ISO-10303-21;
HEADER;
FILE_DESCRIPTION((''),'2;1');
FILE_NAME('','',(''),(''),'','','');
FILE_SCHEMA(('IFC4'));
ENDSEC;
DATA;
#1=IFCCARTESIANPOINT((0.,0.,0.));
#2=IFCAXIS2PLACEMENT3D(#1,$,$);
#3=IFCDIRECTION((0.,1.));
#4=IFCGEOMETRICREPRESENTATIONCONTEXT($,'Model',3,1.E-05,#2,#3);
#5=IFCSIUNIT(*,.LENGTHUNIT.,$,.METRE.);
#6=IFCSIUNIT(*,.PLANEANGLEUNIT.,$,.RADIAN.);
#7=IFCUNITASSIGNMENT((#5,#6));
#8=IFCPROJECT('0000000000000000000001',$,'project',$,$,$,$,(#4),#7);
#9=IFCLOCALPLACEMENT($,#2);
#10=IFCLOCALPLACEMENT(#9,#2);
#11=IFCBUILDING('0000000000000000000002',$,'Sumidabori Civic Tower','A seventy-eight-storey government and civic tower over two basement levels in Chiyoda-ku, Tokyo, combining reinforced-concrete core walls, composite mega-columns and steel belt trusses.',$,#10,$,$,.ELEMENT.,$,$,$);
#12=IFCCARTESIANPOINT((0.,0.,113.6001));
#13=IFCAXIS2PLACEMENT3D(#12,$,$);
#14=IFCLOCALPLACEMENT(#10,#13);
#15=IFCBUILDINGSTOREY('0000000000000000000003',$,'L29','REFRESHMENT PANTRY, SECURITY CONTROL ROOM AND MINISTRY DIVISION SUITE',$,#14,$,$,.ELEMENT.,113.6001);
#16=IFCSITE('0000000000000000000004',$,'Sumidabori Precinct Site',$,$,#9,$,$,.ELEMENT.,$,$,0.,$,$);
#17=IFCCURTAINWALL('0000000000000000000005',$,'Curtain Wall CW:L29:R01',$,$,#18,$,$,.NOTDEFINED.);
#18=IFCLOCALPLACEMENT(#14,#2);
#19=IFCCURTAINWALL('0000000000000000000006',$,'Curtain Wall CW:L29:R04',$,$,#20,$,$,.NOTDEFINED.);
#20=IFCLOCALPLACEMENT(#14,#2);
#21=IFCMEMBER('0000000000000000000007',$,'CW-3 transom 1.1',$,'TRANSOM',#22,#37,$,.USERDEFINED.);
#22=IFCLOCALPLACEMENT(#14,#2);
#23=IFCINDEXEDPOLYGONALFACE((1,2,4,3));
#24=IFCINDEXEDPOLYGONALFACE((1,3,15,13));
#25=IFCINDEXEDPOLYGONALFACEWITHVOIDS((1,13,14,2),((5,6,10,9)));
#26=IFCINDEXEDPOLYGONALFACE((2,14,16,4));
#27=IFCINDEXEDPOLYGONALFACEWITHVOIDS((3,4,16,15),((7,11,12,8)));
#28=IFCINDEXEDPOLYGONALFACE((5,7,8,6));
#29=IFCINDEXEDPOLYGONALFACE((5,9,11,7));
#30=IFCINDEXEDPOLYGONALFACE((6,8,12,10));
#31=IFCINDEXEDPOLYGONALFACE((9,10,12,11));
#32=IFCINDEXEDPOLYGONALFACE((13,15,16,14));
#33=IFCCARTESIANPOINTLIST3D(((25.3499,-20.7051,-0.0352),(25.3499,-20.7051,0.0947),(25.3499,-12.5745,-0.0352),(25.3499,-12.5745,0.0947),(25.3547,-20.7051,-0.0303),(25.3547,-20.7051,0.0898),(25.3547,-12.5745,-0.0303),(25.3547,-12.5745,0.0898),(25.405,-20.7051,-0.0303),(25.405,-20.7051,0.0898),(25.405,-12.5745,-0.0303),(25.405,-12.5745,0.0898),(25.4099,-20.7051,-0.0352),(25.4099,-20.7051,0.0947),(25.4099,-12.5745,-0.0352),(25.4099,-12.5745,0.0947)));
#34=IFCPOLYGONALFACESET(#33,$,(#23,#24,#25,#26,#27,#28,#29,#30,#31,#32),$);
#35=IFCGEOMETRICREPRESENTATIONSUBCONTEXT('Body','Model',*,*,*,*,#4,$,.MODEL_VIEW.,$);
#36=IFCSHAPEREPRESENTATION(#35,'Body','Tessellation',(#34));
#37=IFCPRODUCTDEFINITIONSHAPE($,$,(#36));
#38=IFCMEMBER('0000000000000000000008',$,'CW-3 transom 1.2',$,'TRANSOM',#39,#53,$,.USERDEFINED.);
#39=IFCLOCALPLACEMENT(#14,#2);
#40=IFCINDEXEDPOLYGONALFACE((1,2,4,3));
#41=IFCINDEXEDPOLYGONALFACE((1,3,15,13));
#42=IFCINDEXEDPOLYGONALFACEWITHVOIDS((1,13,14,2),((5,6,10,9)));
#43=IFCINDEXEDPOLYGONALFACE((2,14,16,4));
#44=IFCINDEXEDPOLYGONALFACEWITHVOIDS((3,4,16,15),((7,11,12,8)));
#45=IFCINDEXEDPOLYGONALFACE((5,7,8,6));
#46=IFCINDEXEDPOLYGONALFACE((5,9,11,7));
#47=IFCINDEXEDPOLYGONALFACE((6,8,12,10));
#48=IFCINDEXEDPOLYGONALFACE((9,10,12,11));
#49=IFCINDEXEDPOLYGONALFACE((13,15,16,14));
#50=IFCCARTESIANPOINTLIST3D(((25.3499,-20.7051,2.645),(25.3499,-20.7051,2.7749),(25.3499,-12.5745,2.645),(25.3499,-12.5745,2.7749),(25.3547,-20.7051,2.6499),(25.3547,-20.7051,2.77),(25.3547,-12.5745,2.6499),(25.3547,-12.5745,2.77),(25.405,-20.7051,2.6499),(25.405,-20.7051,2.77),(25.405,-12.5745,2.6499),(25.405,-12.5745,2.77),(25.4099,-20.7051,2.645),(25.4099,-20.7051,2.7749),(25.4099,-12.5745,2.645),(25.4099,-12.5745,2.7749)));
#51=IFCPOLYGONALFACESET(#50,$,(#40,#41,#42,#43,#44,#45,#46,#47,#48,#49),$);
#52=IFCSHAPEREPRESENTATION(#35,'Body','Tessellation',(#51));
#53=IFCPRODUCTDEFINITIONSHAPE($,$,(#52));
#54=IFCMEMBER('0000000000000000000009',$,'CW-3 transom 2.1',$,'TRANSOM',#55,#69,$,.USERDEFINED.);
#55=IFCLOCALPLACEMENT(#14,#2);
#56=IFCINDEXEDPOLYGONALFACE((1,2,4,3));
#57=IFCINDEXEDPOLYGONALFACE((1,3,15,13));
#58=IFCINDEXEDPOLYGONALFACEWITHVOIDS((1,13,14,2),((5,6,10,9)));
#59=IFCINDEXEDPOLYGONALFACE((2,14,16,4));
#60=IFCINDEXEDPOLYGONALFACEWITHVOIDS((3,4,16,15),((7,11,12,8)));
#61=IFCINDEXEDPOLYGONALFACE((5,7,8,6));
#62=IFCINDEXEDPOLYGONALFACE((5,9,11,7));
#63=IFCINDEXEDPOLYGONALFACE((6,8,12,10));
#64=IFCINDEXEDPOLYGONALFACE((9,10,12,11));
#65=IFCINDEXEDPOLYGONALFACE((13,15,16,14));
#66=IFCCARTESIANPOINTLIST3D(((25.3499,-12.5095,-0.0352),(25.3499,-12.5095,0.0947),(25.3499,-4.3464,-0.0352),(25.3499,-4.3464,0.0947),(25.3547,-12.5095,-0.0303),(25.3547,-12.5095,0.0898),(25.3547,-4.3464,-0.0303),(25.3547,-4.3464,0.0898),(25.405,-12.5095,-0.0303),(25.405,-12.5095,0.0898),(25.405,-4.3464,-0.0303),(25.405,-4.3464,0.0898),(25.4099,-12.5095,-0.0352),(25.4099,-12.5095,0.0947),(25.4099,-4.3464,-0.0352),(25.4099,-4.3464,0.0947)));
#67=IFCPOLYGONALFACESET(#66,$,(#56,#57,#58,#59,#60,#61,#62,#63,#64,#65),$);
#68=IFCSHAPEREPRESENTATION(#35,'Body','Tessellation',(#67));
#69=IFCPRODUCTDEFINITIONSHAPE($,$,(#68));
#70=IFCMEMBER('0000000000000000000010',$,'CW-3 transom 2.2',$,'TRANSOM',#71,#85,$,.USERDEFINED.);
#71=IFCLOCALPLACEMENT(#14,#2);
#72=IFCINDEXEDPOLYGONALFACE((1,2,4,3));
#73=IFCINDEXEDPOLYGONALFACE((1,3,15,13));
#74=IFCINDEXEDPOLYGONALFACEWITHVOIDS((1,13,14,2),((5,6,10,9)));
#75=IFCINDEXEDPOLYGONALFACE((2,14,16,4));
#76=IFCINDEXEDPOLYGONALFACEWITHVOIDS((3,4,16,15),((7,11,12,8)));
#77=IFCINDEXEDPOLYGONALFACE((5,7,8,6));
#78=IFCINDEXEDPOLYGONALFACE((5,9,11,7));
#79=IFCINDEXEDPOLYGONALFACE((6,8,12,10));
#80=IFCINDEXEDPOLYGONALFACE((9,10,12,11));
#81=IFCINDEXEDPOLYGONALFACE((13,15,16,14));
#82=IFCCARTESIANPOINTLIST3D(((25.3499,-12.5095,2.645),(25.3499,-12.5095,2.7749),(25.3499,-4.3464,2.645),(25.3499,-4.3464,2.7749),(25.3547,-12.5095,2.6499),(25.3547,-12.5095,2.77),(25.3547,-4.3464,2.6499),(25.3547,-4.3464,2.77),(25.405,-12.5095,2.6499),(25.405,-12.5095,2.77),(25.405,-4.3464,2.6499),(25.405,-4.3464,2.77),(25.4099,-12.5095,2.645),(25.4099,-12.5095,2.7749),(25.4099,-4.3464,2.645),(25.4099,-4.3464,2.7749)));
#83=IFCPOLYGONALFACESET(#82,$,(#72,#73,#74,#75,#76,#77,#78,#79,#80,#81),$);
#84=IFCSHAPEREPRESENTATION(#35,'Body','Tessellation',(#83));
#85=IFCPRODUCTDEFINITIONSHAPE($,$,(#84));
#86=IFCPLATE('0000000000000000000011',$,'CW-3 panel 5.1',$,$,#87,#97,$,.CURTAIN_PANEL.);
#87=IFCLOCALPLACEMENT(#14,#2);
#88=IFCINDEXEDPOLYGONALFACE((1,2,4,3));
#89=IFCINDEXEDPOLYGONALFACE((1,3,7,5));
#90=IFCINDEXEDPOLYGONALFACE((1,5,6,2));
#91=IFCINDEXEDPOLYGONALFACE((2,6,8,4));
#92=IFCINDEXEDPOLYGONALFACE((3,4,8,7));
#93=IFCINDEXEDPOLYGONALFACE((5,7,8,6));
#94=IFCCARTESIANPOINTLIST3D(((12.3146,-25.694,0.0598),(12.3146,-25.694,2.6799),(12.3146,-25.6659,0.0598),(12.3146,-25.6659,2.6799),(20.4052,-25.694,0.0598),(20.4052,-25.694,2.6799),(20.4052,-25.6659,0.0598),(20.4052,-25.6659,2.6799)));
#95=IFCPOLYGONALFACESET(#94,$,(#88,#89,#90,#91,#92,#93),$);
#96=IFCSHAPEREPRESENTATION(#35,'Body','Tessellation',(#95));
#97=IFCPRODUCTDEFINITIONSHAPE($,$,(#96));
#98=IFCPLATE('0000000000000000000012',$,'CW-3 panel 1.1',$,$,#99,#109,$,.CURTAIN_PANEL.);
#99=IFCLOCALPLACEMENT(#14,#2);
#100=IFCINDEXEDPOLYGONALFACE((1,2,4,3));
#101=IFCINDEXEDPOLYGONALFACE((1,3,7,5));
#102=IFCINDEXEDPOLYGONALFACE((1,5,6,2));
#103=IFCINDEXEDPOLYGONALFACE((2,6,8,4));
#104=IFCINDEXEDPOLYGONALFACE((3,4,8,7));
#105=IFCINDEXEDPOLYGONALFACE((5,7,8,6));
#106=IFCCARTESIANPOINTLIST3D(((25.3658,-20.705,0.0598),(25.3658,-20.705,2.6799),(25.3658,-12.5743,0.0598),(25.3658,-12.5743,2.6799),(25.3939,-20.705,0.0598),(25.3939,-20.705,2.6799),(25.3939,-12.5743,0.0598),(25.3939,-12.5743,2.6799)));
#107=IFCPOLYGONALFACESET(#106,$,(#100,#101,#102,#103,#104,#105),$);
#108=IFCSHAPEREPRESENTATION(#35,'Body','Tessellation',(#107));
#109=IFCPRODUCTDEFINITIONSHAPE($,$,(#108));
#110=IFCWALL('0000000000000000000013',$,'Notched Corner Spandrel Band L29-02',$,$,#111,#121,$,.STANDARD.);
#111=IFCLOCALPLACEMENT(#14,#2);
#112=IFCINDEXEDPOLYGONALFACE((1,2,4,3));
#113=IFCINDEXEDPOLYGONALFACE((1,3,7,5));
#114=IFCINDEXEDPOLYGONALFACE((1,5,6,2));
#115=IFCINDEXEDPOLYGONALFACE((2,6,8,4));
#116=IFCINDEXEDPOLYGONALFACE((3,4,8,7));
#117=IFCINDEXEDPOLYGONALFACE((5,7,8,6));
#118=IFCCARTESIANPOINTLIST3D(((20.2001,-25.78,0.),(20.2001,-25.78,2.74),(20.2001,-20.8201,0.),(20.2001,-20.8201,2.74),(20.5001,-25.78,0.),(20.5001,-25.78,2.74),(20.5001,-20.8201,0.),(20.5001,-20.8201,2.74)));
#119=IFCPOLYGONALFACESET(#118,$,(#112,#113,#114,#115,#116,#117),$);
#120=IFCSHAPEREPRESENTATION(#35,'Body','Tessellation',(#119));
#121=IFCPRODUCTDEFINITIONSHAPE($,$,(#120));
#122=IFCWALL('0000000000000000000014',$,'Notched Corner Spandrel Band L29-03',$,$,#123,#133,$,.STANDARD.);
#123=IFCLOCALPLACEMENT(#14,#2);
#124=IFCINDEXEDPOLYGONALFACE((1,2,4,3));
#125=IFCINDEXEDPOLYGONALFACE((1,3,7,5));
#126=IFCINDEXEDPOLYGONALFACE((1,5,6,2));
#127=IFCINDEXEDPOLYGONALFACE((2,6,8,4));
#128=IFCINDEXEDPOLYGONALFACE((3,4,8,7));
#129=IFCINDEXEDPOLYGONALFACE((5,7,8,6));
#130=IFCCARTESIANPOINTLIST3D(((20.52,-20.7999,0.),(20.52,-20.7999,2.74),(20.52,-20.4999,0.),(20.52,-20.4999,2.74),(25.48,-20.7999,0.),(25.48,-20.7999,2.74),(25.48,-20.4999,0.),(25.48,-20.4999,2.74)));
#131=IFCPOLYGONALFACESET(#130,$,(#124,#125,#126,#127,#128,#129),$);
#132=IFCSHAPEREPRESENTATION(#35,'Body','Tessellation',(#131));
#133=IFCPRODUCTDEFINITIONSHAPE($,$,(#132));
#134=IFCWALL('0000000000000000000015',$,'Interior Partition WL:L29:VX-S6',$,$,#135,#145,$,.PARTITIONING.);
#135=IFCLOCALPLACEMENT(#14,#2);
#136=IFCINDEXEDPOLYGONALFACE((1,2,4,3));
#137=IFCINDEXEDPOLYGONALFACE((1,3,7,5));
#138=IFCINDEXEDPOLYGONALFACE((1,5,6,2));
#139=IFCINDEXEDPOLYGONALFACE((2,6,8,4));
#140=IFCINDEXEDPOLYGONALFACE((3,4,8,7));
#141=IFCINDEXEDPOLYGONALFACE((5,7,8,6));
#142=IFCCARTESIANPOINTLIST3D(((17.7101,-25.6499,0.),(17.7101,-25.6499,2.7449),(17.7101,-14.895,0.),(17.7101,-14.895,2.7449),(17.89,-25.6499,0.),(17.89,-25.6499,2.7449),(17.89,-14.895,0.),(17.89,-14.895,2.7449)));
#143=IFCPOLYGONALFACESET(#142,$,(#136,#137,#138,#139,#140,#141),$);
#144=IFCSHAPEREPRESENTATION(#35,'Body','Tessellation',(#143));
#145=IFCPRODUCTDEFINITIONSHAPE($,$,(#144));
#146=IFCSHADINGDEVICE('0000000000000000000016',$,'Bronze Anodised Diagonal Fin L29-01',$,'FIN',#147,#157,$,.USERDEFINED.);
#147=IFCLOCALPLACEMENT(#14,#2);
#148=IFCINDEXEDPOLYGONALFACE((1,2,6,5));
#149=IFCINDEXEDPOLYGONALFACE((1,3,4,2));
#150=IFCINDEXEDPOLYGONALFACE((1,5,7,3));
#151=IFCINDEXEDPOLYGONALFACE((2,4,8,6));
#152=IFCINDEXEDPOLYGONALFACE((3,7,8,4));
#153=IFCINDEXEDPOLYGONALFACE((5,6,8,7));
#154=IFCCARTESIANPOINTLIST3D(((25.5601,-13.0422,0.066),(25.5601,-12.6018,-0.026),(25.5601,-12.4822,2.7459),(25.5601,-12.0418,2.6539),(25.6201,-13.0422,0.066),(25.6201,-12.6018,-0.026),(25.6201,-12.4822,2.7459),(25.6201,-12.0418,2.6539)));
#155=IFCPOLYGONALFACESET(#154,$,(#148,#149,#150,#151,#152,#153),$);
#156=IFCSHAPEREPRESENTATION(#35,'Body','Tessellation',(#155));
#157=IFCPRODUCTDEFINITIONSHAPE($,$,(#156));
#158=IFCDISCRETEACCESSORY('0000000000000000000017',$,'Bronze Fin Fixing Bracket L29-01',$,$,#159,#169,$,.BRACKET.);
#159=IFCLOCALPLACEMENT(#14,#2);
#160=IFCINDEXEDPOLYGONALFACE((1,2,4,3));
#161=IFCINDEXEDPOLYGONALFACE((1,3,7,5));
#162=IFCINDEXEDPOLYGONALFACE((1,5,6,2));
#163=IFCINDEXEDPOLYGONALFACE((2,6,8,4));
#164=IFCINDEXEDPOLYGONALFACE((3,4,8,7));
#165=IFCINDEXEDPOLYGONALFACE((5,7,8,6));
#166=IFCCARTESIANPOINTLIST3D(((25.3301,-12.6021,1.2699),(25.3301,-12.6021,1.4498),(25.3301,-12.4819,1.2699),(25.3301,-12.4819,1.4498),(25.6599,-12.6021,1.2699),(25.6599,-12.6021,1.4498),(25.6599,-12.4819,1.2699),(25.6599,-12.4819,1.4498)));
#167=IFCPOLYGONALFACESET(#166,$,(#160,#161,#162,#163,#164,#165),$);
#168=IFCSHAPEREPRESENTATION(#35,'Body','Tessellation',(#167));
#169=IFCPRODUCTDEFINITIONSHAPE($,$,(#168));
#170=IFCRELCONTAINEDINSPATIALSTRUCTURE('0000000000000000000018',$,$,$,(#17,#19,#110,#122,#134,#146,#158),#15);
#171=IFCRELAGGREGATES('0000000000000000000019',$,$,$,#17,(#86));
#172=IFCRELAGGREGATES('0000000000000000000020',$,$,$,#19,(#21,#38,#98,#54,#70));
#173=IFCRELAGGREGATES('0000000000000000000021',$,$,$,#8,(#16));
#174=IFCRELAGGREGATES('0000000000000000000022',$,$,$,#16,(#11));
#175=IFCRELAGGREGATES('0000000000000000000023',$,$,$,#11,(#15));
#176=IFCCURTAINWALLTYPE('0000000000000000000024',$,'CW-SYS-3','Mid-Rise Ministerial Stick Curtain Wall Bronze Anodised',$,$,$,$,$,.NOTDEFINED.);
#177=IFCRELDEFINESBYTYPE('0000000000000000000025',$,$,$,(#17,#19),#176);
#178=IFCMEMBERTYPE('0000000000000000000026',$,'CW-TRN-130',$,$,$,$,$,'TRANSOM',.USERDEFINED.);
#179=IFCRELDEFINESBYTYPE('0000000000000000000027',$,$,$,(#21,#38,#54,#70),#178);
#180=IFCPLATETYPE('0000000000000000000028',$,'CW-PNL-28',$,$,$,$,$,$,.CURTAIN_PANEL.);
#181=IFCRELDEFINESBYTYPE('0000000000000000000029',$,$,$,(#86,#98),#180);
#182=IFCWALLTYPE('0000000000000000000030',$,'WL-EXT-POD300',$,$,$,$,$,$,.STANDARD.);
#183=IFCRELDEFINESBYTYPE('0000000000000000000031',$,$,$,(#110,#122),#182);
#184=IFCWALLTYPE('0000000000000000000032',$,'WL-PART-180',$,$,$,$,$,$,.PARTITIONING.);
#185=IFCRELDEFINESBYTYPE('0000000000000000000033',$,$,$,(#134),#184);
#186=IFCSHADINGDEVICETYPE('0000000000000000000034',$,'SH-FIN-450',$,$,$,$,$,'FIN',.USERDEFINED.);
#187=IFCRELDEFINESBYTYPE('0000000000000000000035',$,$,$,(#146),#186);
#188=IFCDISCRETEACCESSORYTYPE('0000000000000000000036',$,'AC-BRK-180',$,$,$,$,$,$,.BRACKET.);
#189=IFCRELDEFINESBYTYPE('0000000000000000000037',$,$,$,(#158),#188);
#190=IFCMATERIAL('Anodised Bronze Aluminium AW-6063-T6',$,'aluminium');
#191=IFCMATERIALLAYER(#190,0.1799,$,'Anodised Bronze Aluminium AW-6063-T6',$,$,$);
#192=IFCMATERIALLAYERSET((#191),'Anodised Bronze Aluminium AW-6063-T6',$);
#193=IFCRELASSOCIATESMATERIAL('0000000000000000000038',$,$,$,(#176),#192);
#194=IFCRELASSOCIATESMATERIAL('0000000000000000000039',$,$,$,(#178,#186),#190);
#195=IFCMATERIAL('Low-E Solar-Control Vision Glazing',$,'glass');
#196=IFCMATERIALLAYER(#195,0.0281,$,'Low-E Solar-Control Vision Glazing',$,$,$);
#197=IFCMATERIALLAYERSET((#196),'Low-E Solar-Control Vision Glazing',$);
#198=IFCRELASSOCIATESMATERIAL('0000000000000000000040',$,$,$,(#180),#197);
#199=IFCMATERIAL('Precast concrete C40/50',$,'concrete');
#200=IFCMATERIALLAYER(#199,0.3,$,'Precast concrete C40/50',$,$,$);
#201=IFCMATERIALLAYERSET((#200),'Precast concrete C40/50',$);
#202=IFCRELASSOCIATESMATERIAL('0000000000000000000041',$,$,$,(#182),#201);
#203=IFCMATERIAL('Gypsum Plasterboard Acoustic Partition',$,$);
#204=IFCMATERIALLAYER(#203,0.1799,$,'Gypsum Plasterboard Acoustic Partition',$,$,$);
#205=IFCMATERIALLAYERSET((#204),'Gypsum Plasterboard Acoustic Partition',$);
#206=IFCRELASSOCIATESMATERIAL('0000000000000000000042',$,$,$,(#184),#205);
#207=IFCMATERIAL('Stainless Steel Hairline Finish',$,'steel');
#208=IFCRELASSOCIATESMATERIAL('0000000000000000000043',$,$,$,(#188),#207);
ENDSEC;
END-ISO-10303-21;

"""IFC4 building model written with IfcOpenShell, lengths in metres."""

from ifc_helpers import new_model, si_unit, direction, frame, frame_2d, origin, origin_2d, place, context, subcontext, project, spatial, rectangle, hollow_rectangle, extrude, source, transform, mapped, material, layer, layer_set, material_profile, profile_set, type_object, element, aggregate, save


model = new_model("IFC4")

# Units and contexts
model_context = context("Model", 3, precision=1e-05, world=origin(), true_north=direction((0.0, 1.0)))
body_context = subcontext(model_context, "Body", "Model", "MODEL_VIEW")
ifc_project = project(units=[si_unit("LENGTHUNIT", "METRE"), si_unit("PLANEANGLEUNIT", "RADIAN")], contexts=[model_context])

# Site, building, storey
site_placement = place(None, origin())
site = spatial("IfcSite", under=ifc_project, at=site_placement, Name="Sumidabori Precinct Site", CompositionType="ELEMENT", RefElevation=0.0)
building_placement = place(site_placement, origin())
building = spatial("IfcBuilding", under=site, at=building_placement, Name="Sumidabori Civic Tower", Description="A seventy-eight-storey government and civic tower over two basement levels in Chiyoda-ku, Tokyo, combining reinforced-concrete core walls, composite mega-columns and steel belt trusses.", CompositionType="ELEMENT")
storey_placement = place(building_placement, frame((0.0, 0.0, 113.6001)))
storey = spatial("IfcBuildingStorey", under=building, at=storey_placement, Name="L29", Description="REFRESHMENT PANTRY, SECURITY CONTROL ROOM AND MINISTRY DIVISION SUITE", CompositionType="ELEMENT", Elevation=113.6001)

# Curtain wall
ifc_material_1 = material(Name="Anodised Bronze Aluminium AW-6063-T6", Category="aluminium")
ifc_layer_1 = layer(ifc_material_1, 0.1799, Name="Anodised Bronze Aluminium AW-6063-T6")
ifc_layer_set_1 = layer_set([ifc_layer_1], Name="Anodised Bronze Aluminium AW-6063-T6")
curtain_wall_type = type_object("IfcCurtainWallType", Name="CW-SYS-3", Description="Mid-Rise Ministerial Stick Curtain Wall Bronze Anodised", PredefinedType="NOTDEFINED", material=ifc_layer_set_1)
curtain_wall_1_placement = place(storey_placement, origin())
curtain_wall_1 = element("IfcCurtainWall", 1, at=curtain_wall_1_placement, inside=storey, type_object=curtain_wall_type, Name="Curtain Wall CW:L29:R01", PredefinedType="NOTDEFINED")

# Curtain wall, members
curtain_wall_2_placement = place(storey_placement, origin())
curtain_wall_2 = element("IfcCurtainWall", 2, at=curtain_wall_2_placement, inside=storey, type_object=curtain_wall_type, Name="Curtain Wall CW:L29:R04", PredefinedType="NOTDEFINED")
ifc_material_profile_1 = material_profile(ifc_material_1, hollow_rectangle(XDim=0.0601, YDim=0.1299, WallThickness=0.0049, at=origin_2d()), Name="ALU TRANSOM 130x60")
ifc_profile_set_1 = profile_set([ifc_material_profile_1], Name="Anodised Bronze Aluminium AW-6063-T6")
member_type_1 = type_object("IfcMemberType", Name="CW-TRN-130", ElementType="TRANSOM", PredefinedType="USERDEFINED", material=ifc_profile_set_1)
shared_shape_1 = source(origin(), body_context, "Body", "SweptSolid", [
    extrude(hollow_rectangle(XDim=0.0601, YDim=0.1299, WallThickness=0.0049, at=origin_2d()), origin(), (0.0, 0.0, 1.0), 8.1306),
])
member_1_placement = place(storey_placement, frame((25.3799, -20.7051, 0.0298), z_axis=(0.0, 1.0, 0.0), x_axis=(-1.0, 0.0, 0.0)))
member_1 = element("IfcMember", 3, at=member_1_placement, type_object=member_type_1, Name="CW-3 transom 1.1", ObjectType="TRANSOM", PredefinedType="USERDEFINED", context=body_context, shape_type="MappedRepresentation", body=[
    mapped(shared_shape_1, transform((0.0, 0.0, 0.0), x_axis=(1.0, 0.0, 0.0), y_axis=(0.0, 1.0, 0.0), z_axis=(0.0, 0.0, 1.0), scale=1.0)),
])
member_2_placement = place(storey_placement, frame((25.3799, -20.7051, 2.71), z_axis=(0.0, 1.0, 0.0), x_axis=(-1.0, 0.0, 0.0)))
member_2 = element("IfcMember", 4, at=member_2_placement, type_object=member_type_1, Name="CW-3 transom 1.2", ObjectType="TRANSOM", PredefinedType="USERDEFINED", context=body_context, shape_type="MappedRepresentation", body=[
    mapped(shared_shape_1, transform((0.0, 0.0, 0.0), x_axis=(1.0, 0.0, 0.0), y_axis=(0.0, 1.0, 0.0), z_axis=(0.0, 0.0, 1.0), scale=1.0)),
])
shared_shape_2 = source(origin(), body_context, "Body", "SweptSolid", [
    extrude(hollow_rectangle(XDim=0.0601, YDim=0.1299, WallThickness=0.0049, at=origin_2d()), origin(), (0.0, 0.0, 1.0), 8.1631),
])
member_3_placement = place(storey_placement, frame((25.3799, -12.5095, 0.0298), z_axis=(0.0, 1.0, 0.0), x_axis=(-1.0, 0.0, 0.0)))
member_3 = element("IfcMember", 5, at=member_3_placement, type_object=member_type_1, Name="CW-3 transom 2.1", ObjectType="TRANSOM", PredefinedType="USERDEFINED", context=body_context, shape_type="MappedRepresentation", body=[
    mapped(shared_shape_2, transform((0.0, 0.0, 0.0), x_axis=(1.0, 0.0, 0.0), y_axis=(0.0, 1.0, 0.0), z_axis=(0.0, 0.0, 1.0), scale=1.0)),
])
member_4_placement = place(storey_placement, frame((25.3799, -12.5095, 2.71), z_axis=(0.0, 1.0, 0.0), x_axis=(-1.0, 0.0, 0.0)))
member_4 = element("IfcMember", 6, at=member_4_placement, type_object=member_type_1, Name="CW-3 transom 2.2", ObjectType="TRANSOM", PredefinedType="USERDEFINED", context=body_context, shape_type="MappedRepresentation", body=[
    mapped(shared_shape_2, transform((0.0, 0.0, 0.0), x_axis=(1.0, 0.0, 0.0), y_axis=(0.0, 1.0, 0.0), z_axis=(0.0, 0.0, 1.0), scale=1.0)),
])

# Plates
ifc_material_2 = material(Name="Low-E Solar-Control Vision Glazing", Category="glass")
ifc_layer_2 = layer(ifc_material_2, 0.0281, Name="Low-E Solar-Control Vision Glazing")
ifc_layer_set_2 = layer_set([ifc_layer_2], Name="Low-E Solar-Control Vision Glazing")
plate_type = type_object("IfcPlateType", Name="CW-PNL-28", PredefinedType="CURTAIN_PANEL", material=ifc_layer_set_2)
shared_shape_3 = source(origin(), body_context, "Body", "SweptSolid", [
    extrude(rectangle(XDim=8.0906, YDim=0.0281, at=origin_2d()), origin(), (0.0, 0.0, 1.0), 2.6201),
])
plate_1_placement = place(storey_placement, frame((16.3599, -25.6799, 0.0598), z_axis=(0.0, 0.0, 1.0), x_axis=(1.0, 0.0, 0.0)))
plate_1 = element("IfcPlate", 7, at=plate_1_placement, type_object=plate_type, Name="CW-3 panel 5.1", PredefinedType="CURTAIN_PANEL", context=body_context, shape_type="MappedRepresentation", body=[
    mapped(shared_shape_3, transform((0.0, 0.0, 0.0), x_axis=(1.0, 0.0, 0.0), y_axis=(0.0, 1.0, 0.0), z_axis=(0.0, 0.0, 1.0), scale=1.0)),
])
aggregate(curtain_wall_1, [plate_1])
shared_shape_4 = source(origin(), body_context, "Body", "SweptSolid", [
    extrude(rectangle(XDim=8.1306, YDim=0.0281, at=origin_2d()), origin(), (0.0, 0.0, 1.0), 2.6201),
])
plate_2_placement = place(storey_placement, frame((25.3799, -16.6396, 0.0598), z_axis=(0.0, 0.0, 1.0), x_axis=(0.0, 1.0, 0.0)))
plate_2 = element("IfcPlate", 8, at=plate_2_placement, type_object=plate_type, Name="CW-3 panel 1.1", PredefinedType="CURTAIN_PANEL", context=body_context, shape_type="MappedRepresentation", body=[
    mapped(shared_shape_4, transform((0.0, 0.0, 0.0), x_axis=(1.0, 0.0, 0.0), y_axis=(0.0, 1.0, 0.0), z_axis=(0.0, 0.0, 1.0), scale=1.0)),
])
aggregate(curtain_wall_2, [member_1, member_2, plate_2, member_3, member_4])

# Walls
ifc_material_3 = material(Name="Precast concrete C40/50", Category="concrete")
ifc_layer_3 = layer(ifc_material_3, 0.3, Name="Precast concrete C40/50")
ifc_layer_set_3 = layer_set([ifc_layer_3], Name="Precast concrete C40/50")
wall_type_1 = type_object("IfcWallType", Name="WL-EXT-POD300", PredefinedType="STANDARD", material=ifc_layer_set_3)
shared_shape_5 = source(origin(), body_context, "Body", "SweptSolid", [
    extrude(rectangle(XDim=4.96, YDim=0.3, at=frame_2d((2.48, 0.0))), origin(), (0.0, 0.0, 1.0), 2.74),
])
for number, where, z_axis, x_axis, name in (
    (9, (20.3501, -25.78, 0.0), (0.0, 0.0, 1.0), (0.0, 1.0, 0.0), "Notched Corner Spandrel Band L29-02"),
    (10, (20.52, -20.6499, 0.0), (0.0, 0.0, 1.0), (1.0, 0.0, 0.0), "Notched Corner Spandrel Band L29-03"),
):
    element("IfcWall", number, at=place(storey_placement, frame(where, z_axis=z_axis, x_axis=x_axis)), inside=storey, type_object=wall_type_1, Name=name, PredefinedType="STANDARD", context=body_context, shape_type="MappedRepresentation", body=[
        mapped(shared_shape_5, transform((0.0, 0.0, 0.0), x_axis=(1.0, 0.0, 0.0), y_axis=(0.0, 1.0, 0.0), z_axis=(0.0, 0.0, 1.0), scale=1.0)),
    ])
ifc_material_4 = material(Name="Gypsum Plasterboard Acoustic Partition")
ifc_layer_4 = layer(ifc_material_4, 0.1799, Name="Gypsum Plasterboard Acoustic Partition")
ifc_layer_set_4 = layer_set([ifc_layer_4], Name="Gypsum Plasterboard Acoustic Partition")
wall_type_2 = type_object("IfcWallType", Name="WL-PART-180", PredefinedType="PARTITIONING", material=ifc_layer_set_4)
shared_shape_6 = source(origin(), body_context, "Body", "SweptSolid", [
    extrude(rectangle(XDim=10.7549, YDim=0.1799, at=frame_2d((5.3774, 0.0))), origin(), (0.0, 0.0, 1.0), 2.7449),
])
wall_placement = place(storey_placement, frame((17.8, -25.6499, 0.0), z_axis=(0.0, 0.0, 1.0), x_axis=(0.0, 1.0, 0.0)))
element("IfcWall", 11, at=wall_placement, inside=storey, type_object=wall_type_2, Name="Interior Partition WL:L29:VX-S6", PredefinedType="PARTITIONING", context=body_context, shape_type="MappedRepresentation", body=[
    mapped(shared_shape_6, transform((0.0, 0.0, 0.0), x_axis=(1.0, 0.0, 0.0), y_axis=(0.0, 1.0, 0.0), z_axis=(0.0, 0.0, 1.0), scale=1.0)),
])

# Shading device
ifc_material_profile_2 = material_profile(ifc_material_1, rectangle(XDim=0.0601, YDim=0.45, at=origin_2d()), Name="BRONZE FIN 450x60")
ifc_profile_set_2 = profile_set([ifc_material_profile_2], Name="Anodised Bronze Aluminium AW-6063-T6")
shading_device_type = type_object("IfcShadingDeviceType", Name="SH-FIN-450", ElementType="FIN", PredefinedType="USERDEFINED", material=ifc_profile_set_2)
shared_shape_7 = source(origin(), body_context, "Body", "SweptSolid", [
    extrude(rectangle(XDim=0.0601, YDim=0.45, at=origin_2d()), origin(), (0.0, 0.0, 1.0), 2.7378),
])
shading_device_placement = place(storey_placement, frame((25.5901, -12.822, 0.02), z_axis=(0.0, 0.204563, 0.978853), x_axis=(-1.0, 0.0, 0.0)))
element("IfcShadingDevice", 12, at=shading_device_placement, inside=storey, type_object=shading_device_type, Name="Bronze Anodised Diagonal Fin L29-01", ObjectType="FIN", PredefinedType="USERDEFINED", context=body_context, shape_type="MappedRepresentation", body=[
    mapped(shared_shape_7, transform((0.0, 0.0, 0.0), x_axis=(1.0, 0.0, 0.0), y_axis=(0.0, 1.0, 0.0), z_axis=(0.0, 0.0, 1.0), scale=1.0)),
])

# Discrete accessory
ifc_material_5 = material(Name="Stainless Steel Hairline Finish", Category="steel")
ifc_material_profile_3 = material_profile(ifc_material_5, rectangle(XDim=0.1201, YDim=0.1799, at=origin_2d()), Name="STEEL BRACKET 180x120")
ifc_profile_set_3 = profile_set([ifc_material_profile_3], Name="Stainless Steel Hairline Finish")
discrete_accessory_type = type_object("IfcDiscreteAccessoryType", Name="AC-BRK-180", PredefinedType="BRACKET", material=ifc_profile_set_3)
shared_shape_8 = source(origin(), body_context, "Body", "SweptSolid", [
    extrude(rectangle(XDim=0.1201, YDim=0.1799, at=origin_2d()), origin(), (0.0, 0.0, 1.0), 0.3298),
])
discrete_accessory_placement = place(storey_placement, frame((25.3301, -12.542, 1.3599), z_axis=(1.0, 0.0, 0.0), x_axis=(0.0, 1.0, 0.0)))
element("IfcDiscreteAccessory", 13, at=discrete_accessory_placement, inside=storey, type_object=discrete_accessory_type, Name="Bronze Fin Fixing Bracket L29-01", PredefinedType="BRACKET", context=body_context, shape_type="MappedRepresentation", body=[
    mapped(shared_shape_8, transform((0.0, 0.0, 0.0), x_axis=(1.0, 0.0, 0.0), y_axis=(0.0, 1.0, 0.0), z_axis=(0.0, 0.0, 1.0), scale=1.0)),
])

save(model, "model.ifc")
